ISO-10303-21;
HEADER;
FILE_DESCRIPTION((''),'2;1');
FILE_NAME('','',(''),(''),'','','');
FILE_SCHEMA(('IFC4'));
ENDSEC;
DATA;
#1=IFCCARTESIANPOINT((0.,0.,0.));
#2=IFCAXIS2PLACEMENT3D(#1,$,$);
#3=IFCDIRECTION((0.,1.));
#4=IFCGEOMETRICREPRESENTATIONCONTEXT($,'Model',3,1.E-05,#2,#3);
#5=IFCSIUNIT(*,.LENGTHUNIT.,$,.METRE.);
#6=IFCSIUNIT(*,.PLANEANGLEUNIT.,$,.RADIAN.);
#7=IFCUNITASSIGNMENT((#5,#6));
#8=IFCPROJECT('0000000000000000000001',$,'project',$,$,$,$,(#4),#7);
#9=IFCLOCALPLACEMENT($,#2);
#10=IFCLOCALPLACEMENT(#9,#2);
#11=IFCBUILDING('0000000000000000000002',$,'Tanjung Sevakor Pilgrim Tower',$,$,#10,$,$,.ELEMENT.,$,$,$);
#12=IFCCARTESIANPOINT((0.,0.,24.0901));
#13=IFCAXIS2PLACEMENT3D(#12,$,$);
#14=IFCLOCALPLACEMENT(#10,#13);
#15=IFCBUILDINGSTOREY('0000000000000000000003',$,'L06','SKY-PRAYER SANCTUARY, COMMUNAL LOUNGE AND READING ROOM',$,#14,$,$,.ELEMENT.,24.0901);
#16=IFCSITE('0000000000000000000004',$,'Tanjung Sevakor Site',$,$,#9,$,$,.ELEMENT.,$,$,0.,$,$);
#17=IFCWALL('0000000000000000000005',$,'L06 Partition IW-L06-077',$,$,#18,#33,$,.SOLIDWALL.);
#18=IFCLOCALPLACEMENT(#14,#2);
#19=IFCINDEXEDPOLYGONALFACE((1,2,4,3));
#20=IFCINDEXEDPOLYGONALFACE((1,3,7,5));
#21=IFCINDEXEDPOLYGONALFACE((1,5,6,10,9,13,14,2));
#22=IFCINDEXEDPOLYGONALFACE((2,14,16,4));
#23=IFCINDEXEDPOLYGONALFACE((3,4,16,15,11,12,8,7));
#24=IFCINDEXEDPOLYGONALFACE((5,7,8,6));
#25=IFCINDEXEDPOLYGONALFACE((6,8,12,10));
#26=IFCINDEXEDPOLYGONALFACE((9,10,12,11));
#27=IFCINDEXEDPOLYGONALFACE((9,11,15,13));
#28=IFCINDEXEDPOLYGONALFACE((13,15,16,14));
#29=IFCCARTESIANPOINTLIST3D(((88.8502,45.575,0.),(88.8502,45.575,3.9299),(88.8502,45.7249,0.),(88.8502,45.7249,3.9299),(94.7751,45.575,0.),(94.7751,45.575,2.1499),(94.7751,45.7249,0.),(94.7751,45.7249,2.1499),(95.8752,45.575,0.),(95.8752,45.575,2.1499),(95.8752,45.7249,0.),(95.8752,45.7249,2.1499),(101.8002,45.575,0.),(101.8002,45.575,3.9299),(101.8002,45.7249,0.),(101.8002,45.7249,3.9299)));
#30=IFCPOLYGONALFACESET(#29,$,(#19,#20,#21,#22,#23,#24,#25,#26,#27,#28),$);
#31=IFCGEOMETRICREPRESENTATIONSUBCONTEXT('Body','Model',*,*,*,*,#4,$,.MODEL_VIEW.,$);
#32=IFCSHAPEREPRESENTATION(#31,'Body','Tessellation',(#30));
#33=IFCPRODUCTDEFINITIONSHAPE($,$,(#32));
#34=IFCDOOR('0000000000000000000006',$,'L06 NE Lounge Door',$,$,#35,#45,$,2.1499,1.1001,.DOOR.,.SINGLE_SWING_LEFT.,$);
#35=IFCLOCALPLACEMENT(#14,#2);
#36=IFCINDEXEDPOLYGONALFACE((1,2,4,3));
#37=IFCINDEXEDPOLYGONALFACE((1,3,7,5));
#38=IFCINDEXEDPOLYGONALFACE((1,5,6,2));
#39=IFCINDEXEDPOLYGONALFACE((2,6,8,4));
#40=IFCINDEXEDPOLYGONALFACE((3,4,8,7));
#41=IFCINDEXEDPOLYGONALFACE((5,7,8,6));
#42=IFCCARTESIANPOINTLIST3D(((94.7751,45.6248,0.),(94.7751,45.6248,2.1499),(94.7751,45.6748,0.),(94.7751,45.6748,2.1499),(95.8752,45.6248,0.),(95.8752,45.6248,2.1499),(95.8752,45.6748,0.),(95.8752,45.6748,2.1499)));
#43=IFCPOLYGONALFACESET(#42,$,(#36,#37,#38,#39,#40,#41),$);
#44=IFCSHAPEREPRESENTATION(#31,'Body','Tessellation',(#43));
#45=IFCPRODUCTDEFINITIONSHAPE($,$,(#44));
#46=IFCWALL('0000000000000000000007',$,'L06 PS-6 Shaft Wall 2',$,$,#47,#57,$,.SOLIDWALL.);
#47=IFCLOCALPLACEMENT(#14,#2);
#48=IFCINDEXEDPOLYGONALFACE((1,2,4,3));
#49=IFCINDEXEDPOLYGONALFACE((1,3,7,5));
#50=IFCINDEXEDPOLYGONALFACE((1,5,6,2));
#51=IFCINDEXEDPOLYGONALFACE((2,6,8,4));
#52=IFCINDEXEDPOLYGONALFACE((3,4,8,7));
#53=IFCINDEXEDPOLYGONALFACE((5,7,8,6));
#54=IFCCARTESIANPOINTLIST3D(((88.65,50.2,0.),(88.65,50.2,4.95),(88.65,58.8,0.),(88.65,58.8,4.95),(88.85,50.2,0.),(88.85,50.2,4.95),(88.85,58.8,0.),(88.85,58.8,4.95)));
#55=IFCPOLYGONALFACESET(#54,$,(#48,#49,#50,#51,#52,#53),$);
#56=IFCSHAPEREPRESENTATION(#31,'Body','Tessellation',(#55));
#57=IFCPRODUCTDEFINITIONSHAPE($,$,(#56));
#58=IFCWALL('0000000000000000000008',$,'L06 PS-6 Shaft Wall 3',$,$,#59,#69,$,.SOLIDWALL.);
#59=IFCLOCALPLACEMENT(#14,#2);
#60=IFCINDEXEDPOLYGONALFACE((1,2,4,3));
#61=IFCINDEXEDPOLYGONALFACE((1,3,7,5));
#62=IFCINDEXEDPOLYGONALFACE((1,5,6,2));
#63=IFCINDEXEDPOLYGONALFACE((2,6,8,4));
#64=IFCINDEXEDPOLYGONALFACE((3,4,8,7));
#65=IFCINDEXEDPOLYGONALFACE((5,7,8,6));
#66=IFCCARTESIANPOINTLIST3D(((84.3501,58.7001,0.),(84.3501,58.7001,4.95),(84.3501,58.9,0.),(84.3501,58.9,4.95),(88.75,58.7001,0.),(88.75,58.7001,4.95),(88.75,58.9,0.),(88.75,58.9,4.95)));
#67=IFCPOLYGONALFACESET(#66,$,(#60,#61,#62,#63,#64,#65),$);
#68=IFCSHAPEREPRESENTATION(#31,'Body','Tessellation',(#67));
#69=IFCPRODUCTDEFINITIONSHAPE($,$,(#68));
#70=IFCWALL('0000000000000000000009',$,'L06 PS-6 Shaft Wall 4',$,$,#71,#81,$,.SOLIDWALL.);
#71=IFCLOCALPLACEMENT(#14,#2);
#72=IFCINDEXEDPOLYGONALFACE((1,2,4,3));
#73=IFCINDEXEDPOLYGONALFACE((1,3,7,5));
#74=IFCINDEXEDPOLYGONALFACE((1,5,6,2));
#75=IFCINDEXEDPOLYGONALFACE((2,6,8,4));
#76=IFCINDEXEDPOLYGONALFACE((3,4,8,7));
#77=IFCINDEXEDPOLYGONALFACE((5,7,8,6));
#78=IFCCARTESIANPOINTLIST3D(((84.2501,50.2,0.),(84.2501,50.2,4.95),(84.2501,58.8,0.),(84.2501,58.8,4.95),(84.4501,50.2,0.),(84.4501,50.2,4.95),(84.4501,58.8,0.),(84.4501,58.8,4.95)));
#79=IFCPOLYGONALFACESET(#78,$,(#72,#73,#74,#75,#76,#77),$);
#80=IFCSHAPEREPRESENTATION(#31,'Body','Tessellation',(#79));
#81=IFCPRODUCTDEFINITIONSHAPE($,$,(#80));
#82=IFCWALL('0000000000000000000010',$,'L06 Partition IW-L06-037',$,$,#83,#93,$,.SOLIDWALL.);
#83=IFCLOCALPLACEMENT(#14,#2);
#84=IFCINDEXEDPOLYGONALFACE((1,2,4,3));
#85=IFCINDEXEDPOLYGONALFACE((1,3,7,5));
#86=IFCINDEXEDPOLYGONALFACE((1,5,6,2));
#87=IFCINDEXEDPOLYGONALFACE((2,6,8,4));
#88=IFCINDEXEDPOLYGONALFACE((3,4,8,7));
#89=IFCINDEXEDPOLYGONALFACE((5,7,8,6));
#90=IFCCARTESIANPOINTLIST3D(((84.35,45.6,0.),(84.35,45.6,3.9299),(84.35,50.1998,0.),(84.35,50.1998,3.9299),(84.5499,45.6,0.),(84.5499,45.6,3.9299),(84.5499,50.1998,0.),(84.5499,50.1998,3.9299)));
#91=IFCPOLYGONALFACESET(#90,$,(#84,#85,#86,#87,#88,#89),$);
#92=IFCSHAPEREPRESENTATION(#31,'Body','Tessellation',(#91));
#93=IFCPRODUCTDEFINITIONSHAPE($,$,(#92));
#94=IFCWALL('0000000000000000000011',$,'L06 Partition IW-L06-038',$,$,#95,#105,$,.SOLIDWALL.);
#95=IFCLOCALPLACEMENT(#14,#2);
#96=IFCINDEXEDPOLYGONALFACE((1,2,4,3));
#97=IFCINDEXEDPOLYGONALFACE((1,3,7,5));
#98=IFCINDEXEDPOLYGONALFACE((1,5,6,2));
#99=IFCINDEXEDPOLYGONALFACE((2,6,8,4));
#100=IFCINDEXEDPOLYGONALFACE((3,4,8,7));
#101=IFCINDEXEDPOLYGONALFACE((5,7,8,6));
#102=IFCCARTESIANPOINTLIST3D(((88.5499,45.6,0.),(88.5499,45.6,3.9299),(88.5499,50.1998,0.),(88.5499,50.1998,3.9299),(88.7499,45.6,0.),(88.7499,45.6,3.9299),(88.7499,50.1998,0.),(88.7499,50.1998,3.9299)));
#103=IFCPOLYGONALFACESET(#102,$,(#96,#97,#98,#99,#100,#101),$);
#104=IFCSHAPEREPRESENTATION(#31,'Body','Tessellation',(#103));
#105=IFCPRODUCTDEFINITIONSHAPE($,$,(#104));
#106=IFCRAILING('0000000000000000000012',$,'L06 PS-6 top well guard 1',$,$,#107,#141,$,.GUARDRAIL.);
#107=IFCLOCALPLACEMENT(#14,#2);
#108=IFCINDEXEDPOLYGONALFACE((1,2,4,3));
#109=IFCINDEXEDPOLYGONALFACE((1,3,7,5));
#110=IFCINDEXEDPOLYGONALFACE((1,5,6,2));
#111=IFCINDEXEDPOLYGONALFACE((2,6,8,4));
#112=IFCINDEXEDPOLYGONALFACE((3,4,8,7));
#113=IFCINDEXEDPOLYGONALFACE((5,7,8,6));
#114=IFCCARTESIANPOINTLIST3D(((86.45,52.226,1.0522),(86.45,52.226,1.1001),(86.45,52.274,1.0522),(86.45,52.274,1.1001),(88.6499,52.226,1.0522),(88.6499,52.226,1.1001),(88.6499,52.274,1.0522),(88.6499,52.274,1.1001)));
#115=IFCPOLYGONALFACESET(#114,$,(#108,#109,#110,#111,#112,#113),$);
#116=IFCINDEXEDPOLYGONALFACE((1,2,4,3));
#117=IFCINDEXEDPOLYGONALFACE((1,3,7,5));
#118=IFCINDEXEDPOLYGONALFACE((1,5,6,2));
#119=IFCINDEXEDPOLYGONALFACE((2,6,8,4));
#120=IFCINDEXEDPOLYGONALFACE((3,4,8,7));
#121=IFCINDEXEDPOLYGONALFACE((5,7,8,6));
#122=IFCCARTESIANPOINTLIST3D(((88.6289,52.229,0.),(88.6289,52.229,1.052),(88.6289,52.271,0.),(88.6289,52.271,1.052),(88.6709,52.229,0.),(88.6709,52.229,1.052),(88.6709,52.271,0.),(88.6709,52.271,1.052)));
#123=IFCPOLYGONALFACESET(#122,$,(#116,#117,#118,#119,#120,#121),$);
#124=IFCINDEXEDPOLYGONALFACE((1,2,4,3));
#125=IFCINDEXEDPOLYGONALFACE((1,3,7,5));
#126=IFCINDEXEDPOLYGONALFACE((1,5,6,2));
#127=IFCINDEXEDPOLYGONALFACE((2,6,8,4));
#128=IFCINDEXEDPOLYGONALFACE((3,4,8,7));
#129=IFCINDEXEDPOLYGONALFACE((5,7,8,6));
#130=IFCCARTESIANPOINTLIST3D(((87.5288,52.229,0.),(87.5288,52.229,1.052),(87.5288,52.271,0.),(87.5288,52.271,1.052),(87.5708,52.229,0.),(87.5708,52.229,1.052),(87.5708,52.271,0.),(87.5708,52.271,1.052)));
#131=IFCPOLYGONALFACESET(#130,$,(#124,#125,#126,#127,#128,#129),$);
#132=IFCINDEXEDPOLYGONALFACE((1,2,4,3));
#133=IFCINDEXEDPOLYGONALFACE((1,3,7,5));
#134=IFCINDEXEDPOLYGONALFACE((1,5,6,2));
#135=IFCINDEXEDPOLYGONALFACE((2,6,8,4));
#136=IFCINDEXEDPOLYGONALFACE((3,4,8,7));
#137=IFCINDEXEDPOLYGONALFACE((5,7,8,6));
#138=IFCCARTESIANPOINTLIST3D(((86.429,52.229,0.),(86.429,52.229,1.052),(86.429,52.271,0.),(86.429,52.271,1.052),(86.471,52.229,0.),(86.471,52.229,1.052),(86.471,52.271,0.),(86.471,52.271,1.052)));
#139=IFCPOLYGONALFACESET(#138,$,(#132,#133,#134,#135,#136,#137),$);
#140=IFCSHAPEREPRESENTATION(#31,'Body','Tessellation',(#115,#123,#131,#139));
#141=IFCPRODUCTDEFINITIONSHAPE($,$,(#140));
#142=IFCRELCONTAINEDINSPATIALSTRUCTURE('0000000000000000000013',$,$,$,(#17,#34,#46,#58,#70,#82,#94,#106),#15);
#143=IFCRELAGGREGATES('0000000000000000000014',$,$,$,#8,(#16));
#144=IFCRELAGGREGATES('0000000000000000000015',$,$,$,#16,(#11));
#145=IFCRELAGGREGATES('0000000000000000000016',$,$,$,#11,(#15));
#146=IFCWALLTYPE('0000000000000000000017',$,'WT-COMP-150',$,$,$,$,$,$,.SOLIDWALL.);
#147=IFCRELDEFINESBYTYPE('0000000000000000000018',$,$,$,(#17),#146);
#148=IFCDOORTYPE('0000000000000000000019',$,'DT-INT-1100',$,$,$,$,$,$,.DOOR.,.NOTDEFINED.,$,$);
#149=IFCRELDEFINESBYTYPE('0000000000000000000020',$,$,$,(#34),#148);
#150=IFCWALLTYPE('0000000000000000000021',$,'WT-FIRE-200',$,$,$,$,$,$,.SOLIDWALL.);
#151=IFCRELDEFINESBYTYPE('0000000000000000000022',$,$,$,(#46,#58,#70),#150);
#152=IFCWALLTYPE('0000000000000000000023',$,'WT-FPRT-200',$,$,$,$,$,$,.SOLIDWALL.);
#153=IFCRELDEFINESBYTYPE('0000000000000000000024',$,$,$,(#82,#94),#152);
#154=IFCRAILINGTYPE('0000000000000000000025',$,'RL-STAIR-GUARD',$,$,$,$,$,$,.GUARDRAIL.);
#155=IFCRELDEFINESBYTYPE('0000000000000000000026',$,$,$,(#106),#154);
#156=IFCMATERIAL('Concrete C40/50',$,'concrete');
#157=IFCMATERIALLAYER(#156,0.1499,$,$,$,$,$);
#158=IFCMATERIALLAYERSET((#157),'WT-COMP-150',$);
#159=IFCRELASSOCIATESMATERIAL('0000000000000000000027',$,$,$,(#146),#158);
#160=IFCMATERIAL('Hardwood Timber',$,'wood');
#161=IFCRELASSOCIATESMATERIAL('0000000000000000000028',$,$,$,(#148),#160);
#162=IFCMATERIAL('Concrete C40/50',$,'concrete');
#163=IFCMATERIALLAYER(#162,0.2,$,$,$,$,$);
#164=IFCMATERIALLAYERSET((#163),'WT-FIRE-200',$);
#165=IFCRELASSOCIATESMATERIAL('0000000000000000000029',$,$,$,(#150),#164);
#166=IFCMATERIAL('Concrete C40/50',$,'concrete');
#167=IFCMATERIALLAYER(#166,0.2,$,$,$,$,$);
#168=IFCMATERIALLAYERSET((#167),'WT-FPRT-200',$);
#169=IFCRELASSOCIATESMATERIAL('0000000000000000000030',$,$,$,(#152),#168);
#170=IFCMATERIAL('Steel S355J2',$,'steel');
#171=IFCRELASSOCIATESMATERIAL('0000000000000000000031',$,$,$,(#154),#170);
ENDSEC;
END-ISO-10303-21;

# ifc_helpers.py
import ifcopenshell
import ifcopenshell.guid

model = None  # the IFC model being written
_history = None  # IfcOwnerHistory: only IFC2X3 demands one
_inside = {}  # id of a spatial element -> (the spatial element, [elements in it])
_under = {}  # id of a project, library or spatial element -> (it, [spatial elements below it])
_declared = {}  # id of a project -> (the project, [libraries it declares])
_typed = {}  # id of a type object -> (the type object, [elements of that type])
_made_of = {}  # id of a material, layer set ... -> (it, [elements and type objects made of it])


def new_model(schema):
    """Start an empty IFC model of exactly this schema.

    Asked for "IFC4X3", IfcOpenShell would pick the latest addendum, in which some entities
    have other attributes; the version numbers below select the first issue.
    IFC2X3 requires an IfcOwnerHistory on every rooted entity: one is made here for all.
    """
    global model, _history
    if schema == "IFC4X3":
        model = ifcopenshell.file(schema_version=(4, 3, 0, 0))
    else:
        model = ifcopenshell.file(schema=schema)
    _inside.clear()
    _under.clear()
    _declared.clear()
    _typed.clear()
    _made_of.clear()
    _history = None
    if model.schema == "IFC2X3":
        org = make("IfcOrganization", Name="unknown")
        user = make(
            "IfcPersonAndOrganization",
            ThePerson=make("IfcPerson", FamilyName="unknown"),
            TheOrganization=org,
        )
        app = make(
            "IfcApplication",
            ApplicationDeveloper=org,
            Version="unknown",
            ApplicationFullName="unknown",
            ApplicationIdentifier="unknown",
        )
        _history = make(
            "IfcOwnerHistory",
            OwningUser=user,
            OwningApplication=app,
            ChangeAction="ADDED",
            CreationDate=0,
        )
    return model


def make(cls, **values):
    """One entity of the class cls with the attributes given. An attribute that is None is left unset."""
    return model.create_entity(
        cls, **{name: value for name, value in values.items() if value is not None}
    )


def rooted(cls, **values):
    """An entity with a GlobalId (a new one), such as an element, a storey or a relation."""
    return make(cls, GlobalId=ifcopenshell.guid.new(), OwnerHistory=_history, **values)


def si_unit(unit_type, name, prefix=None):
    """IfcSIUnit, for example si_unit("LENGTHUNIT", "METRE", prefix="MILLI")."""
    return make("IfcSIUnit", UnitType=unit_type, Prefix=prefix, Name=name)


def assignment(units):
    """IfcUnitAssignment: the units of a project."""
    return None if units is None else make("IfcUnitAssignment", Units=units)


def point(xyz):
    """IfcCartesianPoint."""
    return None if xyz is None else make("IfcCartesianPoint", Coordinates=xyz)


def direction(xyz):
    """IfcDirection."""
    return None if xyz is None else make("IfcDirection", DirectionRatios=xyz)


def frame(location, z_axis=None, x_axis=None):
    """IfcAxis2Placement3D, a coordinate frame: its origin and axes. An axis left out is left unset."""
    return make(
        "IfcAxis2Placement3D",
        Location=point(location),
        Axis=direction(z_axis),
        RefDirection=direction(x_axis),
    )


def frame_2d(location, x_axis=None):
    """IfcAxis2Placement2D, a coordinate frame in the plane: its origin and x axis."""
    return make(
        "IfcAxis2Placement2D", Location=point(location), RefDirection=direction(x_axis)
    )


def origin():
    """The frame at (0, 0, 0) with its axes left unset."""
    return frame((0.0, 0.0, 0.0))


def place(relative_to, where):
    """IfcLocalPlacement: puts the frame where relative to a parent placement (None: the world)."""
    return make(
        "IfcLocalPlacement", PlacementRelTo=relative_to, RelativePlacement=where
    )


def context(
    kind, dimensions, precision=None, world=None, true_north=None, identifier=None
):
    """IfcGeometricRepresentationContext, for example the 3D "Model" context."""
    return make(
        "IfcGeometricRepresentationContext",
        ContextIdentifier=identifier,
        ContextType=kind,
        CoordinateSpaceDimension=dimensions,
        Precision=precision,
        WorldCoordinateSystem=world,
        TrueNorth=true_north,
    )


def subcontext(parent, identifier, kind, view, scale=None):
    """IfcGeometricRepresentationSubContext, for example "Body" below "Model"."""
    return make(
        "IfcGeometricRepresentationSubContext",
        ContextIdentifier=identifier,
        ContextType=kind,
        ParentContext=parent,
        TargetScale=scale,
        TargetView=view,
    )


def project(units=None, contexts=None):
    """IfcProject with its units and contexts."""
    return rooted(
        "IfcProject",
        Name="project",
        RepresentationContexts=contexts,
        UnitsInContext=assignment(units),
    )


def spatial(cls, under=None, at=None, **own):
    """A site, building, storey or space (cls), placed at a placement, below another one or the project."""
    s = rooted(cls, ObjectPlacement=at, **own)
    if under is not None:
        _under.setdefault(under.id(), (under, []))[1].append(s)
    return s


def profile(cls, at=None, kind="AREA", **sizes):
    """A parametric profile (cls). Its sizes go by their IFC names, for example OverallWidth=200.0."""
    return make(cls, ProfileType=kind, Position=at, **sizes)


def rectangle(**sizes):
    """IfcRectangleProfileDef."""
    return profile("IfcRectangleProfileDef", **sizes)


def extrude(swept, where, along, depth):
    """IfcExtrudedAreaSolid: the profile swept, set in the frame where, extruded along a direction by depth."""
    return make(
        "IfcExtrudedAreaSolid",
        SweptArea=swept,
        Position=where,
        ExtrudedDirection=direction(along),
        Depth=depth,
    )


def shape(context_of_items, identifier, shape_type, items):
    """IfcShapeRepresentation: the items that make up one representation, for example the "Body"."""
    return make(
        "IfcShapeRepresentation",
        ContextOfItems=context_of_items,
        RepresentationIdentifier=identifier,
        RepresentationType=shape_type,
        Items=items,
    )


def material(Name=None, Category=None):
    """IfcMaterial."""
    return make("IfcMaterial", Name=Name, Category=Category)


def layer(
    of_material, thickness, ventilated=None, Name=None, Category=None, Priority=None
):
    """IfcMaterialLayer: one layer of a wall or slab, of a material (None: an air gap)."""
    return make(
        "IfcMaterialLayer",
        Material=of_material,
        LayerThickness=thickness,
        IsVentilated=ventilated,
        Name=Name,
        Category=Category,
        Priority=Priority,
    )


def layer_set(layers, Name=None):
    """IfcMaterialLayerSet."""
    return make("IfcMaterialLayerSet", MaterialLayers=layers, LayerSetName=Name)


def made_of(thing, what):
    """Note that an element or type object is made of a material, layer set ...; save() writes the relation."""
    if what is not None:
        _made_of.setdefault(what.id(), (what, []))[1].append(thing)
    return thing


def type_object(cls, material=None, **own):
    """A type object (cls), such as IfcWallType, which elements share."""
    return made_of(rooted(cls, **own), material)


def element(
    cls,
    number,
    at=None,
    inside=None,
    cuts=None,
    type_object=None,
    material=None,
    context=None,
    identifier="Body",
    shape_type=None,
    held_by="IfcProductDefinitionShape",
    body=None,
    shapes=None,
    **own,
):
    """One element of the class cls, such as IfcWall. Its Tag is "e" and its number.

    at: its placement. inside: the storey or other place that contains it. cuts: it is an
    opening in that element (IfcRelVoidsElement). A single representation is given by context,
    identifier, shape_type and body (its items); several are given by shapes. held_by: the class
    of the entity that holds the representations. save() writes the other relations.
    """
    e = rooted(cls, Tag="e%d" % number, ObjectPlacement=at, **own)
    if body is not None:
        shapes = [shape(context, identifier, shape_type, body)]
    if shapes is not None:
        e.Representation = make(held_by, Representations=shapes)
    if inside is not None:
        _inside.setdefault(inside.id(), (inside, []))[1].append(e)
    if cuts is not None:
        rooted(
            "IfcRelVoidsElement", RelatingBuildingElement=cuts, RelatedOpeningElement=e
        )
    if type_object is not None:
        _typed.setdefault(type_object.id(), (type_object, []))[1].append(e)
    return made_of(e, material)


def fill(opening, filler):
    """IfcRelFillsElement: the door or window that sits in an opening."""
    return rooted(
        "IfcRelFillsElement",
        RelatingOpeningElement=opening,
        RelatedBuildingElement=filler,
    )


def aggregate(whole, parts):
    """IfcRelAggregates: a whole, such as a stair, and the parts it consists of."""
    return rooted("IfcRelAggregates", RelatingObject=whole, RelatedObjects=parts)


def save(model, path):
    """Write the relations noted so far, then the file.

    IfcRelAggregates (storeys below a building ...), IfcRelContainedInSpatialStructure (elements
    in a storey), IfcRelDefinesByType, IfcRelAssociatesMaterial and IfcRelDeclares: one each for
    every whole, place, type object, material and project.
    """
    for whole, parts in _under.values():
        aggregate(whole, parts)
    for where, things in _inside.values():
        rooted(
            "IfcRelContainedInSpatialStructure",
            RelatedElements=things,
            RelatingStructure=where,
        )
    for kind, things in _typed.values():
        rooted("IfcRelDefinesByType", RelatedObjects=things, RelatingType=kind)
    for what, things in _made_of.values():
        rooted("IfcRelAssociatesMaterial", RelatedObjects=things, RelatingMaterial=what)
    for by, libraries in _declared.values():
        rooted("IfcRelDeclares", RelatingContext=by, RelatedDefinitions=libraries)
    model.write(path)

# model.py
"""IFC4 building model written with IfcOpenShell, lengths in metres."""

from ifc_helpers import new_model, si_unit, direction, frame, frame_2d, origin, place, context, subcontext, project, spatial, rectangle, extrude, material, layer, layer_set, type_object, element, fill, save


model = new_model("IFC4")

# Units and contexts
model_context = context("Model", 3, precision=1e-05, world=origin(), true_north=direction((0.0, 1.0)))
body_context = subcontext(model_context, "Body", "Model", "MODEL_VIEW")
ifc_project = project(units=[si_unit("LENGTHUNIT", "METRE"), si_unit("PLANEANGLEUNIT", "RADIAN")], contexts=[model_context])

# Site, building, storey
site_placement = place(None, origin())
site = spatial("IfcSite", under=ifc_project, at=site_placement, Name="Tanjung Sevakor Site", CompositionType="ELEMENT", RefElevation=0.0)
building_placement = place(site_placement, origin())
building = spatial("IfcBuilding", under=site, at=building_placement, Name="Tanjung Sevakor Pilgrim Tower", CompositionType="ELEMENT")
storey_placement = place(building_placement, frame((0.0, 0.0, 24.0901)))
storey = spatial("IfcBuildingStorey", under=building, at=storey_placement, Name="L06", Description="SKY-PRAYER SANCTUARY, COMMUNAL LOUNGE AND READING ROOM", CompositionType="ELEMENT", Elevation=24.0901)

# Shared definitions
ifc_material_1 = material(Name="Concrete C40/50", Category="concrete")
ifc_layer_1 = layer(ifc_material_1, 0.1499)
ifc_layer_set_1 = layer_set([ifc_layer_1], Name="WT-COMP-150")
wall_type_1 = type_object("IfcWallType", Name="WT-COMP-150", PredefinedType="SOLIDWALL", material=ifc_layer_set_1)

# Wall, opening, door
wall_1_placement = place(storey_placement, frame((88.8501, 45.6499, 0.0), z_axis=(0.0, 0.0, 1.0), x_axis=(1.0, 0.0, 0.0)))
wall_1 = element("IfcWall", 1, at=wall_1_placement, inside=storey, type_object=wall_type_1, Name="L06 Partition IW-L06-077", PredefinedType="SOLIDWALL", context=body_context, shape_type="SweptSolid", body=[
    extrude(rectangle(XDim=12.95, YDim=0.1499, at=frame_2d((6.4751, 0.0))), origin(), (0.0, 0.0, 1.0), 3.9299),
])
opening_1_placement = place(wall_1_placement, frame((5.925, 0.0, 0.0)))
opening_1 = element("IfcOpeningElement", 2, at=opening_1_placement, cuts=wall_1, PredefinedType="OPENING", context=body_context, shape_type="SweptSolid", body=[
    extrude(rectangle(XDim=1.1001, YDim=2.1499, at=frame_2d((0.55, 1.075))), frame((0.0, 0.085, 0.0), z_axis=(0.0, -1.0, 0.0), x_axis=(1.0, 0.0, 0.0)), (0.0, 0.0, 1.0), 0.1699),
])
ifc_material_2 = material(Name="Hardwood Timber", Category="wood")
door_type_1 = type_object("IfcDoorType", Name="DT-INT-1100", OperationType="NOTDEFINED", PredefinedType="DOOR", material=ifc_material_2)
door_1_placement = place(opening_1_placement, origin())
door_1 = element("IfcDoor", 3, at=door_1_placement, inside=storey, type_object=door_type_1, Name="L06 NE Lounge Door", OperationType="SINGLE_SWING_LEFT", OverallHeight=2.1499, OverallWidth=1.1001, PredefinedType="DOOR", context=body_context, shape_type="SweptSolid", body=[
    extrude(rectangle(XDim=1.1001, YDim=2.1499, at=frame_2d((0.55, 1.075))), frame((0.0, 0.0249, 0.0), z_axis=(0.0, -1.0, 0.0), x_axis=(1.0, 0.0, 0.0)), (0.0, 0.0, 1.0), 0.05),
])
fill(opening_1, door_1)
ifc_material_3 = material(Name="Concrete C40/50", Category="concrete")
ifc_layer_2 = layer(ifc_material_3, 0.2)
ifc_layer_set_2 = layer_set([ifc_layer_2], Name="WT-FIRE-200")
wall_type_2 = type_object("IfcWallType", Name="WT-FIRE-200", PredefinedType="SOLIDWALL", material=ifc_layer_set_2)

# Walls
wall_2_placement = place(storey_placement, frame((88.75, 50.2, 0.0), z_axis=(0.0, 0.0, 1.0), x_axis=(0.0, 1.0, 0.0)))
element("IfcWall", 4, at=wall_2_placement, inside=storey, type_object=wall_type_2, Name="L06 PS-6 Shaft Wall 2", PredefinedType="SOLIDWALL", context=body_context, shape_type="SweptSolid", body=[
    extrude(rectangle(XDim=8.6001, YDim=0.2, at=frame_2d((4.3, 0.0))), origin(), (0.0, 0.0, 1.0), 4.95),
])
wall_3_placement = place(storey_placement, frame((88.75, 58.8, 0.0), z_axis=(0.0, 0.0, 1.0), x_axis=(-1.0, 0.0, 0.0)))
element("IfcWall", 5, at=wall_3_placement, inside=storey, type_object=wall_type_2, Name="L06 PS-6 Shaft Wall 3", PredefinedType="SOLIDWALL", context=body_context, shape_type="SweptSolid", body=[
    extrude(rectangle(XDim=4.3999, YDim=0.2, at=frame_2d((2.2, 0.0))), origin(), (0.0, 0.0, 1.0), 4.95),
])
wall_4_placement = place(storey_placement, frame((84.3501, 58.8, 0.0), z_axis=(0.0, 0.0, 1.0), x_axis=(0.0, -1.0, 0.0)))
element("IfcWall", 6, at=wall_4_placement, inside=storey, type_object=wall_type_2, Name="L06 PS-6 Shaft Wall 4", PredefinedType="SOLIDWALL", context=body_context, shape_type="SweptSolid", body=[
    extrude(rectangle(XDim=8.6001, YDim=0.2, at=frame_2d((4.3, 0.0))), origin(), (0.0, 0.0, 1.0), 4.95),
])
ifc_material_4 = material(Name="Concrete C40/50", Category="concrete")
ifc_layer_3 = layer(ifc_material_4, 0.2)
ifc_layer_set_3 = layer_set([ifc_layer_3], Name="WT-FPRT-200")
wall_type_3 = type_object("IfcWallType", Name="WT-FPRT-200", PredefinedType="SOLIDWALL", material=ifc_layer_set_3)
for number, where, z_axis, x_axis, name in (
    (7, (84.45, 45.6001, 0.0), (0.0, 0.0, 1.0), (0.0, 1.0, 0.0), "L06 Partition IW-L06-037"),
    (8, (88.6499, 45.6001, 0.0), (0.0, 0.0, 1.0), (0.0, 1.0, 0.0), "L06 Partition IW-L06-038"),
):
    element("IfcWall", number, at=place(storey_placement, frame(where, z_axis=z_axis, x_axis=x_axis)), inside=storey, type_object=wall_type_3, Name=name, PredefinedType="SOLIDWALL", context=body_context, shape_type="SweptSolid", body=[
        extrude(rectangle(XDim=4.5999, YDim=0.2, at=frame_2d((2.2998, 0.0))), origin(), (0.0, 0.0, 1.0), 3.9299),
    ])

# Railing
ifc_material_5 = material(Name="Steel S355J2", Category="steel")
railing_type = type_object("IfcRailingType", Name="RL-STAIR-GUARD", PredefinedType="GUARDRAIL", material=ifc_material_5)
railing_placement = place(storey_placement, frame((88.6499, 52.25, 0.0)))
element("IfcRailing", 9, at=railing_placement, inside=storey, type_object=railing_type, Name="L06 PS-6 top well guard 1", PredefinedType="GUARDRAIL", context=body_context, shape_type="SweptSolid", body=[
    extrude(rectangle(XDim=0.0479, YDim=0.0479), frame((0.0, 0.0, 1.0762), z_axis=(-1.0, 0.0, 0.0), x_axis=(0.0, -1.0, 0.0)), (0.0, 0.0, 1.0), 2.2),
    extrude(rectangle(XDim=0.042, YDim=0.042), origin(), (0.0, 0.0, 1.0), 1.052),
    extrude(rectangle(XDim=0.042, YDim=0.042), frame((-1.1001, 0.0, 0.0)), (0.0, 0.0, 1.0), 1.052),
    extrude(rectangle(XDim=0.042, YDim=0.042), frame((-2.2, 0.0, 0.0)), (0.0, 0.0, 1.0), 1.052),
])

save(model, "model.ifc")
